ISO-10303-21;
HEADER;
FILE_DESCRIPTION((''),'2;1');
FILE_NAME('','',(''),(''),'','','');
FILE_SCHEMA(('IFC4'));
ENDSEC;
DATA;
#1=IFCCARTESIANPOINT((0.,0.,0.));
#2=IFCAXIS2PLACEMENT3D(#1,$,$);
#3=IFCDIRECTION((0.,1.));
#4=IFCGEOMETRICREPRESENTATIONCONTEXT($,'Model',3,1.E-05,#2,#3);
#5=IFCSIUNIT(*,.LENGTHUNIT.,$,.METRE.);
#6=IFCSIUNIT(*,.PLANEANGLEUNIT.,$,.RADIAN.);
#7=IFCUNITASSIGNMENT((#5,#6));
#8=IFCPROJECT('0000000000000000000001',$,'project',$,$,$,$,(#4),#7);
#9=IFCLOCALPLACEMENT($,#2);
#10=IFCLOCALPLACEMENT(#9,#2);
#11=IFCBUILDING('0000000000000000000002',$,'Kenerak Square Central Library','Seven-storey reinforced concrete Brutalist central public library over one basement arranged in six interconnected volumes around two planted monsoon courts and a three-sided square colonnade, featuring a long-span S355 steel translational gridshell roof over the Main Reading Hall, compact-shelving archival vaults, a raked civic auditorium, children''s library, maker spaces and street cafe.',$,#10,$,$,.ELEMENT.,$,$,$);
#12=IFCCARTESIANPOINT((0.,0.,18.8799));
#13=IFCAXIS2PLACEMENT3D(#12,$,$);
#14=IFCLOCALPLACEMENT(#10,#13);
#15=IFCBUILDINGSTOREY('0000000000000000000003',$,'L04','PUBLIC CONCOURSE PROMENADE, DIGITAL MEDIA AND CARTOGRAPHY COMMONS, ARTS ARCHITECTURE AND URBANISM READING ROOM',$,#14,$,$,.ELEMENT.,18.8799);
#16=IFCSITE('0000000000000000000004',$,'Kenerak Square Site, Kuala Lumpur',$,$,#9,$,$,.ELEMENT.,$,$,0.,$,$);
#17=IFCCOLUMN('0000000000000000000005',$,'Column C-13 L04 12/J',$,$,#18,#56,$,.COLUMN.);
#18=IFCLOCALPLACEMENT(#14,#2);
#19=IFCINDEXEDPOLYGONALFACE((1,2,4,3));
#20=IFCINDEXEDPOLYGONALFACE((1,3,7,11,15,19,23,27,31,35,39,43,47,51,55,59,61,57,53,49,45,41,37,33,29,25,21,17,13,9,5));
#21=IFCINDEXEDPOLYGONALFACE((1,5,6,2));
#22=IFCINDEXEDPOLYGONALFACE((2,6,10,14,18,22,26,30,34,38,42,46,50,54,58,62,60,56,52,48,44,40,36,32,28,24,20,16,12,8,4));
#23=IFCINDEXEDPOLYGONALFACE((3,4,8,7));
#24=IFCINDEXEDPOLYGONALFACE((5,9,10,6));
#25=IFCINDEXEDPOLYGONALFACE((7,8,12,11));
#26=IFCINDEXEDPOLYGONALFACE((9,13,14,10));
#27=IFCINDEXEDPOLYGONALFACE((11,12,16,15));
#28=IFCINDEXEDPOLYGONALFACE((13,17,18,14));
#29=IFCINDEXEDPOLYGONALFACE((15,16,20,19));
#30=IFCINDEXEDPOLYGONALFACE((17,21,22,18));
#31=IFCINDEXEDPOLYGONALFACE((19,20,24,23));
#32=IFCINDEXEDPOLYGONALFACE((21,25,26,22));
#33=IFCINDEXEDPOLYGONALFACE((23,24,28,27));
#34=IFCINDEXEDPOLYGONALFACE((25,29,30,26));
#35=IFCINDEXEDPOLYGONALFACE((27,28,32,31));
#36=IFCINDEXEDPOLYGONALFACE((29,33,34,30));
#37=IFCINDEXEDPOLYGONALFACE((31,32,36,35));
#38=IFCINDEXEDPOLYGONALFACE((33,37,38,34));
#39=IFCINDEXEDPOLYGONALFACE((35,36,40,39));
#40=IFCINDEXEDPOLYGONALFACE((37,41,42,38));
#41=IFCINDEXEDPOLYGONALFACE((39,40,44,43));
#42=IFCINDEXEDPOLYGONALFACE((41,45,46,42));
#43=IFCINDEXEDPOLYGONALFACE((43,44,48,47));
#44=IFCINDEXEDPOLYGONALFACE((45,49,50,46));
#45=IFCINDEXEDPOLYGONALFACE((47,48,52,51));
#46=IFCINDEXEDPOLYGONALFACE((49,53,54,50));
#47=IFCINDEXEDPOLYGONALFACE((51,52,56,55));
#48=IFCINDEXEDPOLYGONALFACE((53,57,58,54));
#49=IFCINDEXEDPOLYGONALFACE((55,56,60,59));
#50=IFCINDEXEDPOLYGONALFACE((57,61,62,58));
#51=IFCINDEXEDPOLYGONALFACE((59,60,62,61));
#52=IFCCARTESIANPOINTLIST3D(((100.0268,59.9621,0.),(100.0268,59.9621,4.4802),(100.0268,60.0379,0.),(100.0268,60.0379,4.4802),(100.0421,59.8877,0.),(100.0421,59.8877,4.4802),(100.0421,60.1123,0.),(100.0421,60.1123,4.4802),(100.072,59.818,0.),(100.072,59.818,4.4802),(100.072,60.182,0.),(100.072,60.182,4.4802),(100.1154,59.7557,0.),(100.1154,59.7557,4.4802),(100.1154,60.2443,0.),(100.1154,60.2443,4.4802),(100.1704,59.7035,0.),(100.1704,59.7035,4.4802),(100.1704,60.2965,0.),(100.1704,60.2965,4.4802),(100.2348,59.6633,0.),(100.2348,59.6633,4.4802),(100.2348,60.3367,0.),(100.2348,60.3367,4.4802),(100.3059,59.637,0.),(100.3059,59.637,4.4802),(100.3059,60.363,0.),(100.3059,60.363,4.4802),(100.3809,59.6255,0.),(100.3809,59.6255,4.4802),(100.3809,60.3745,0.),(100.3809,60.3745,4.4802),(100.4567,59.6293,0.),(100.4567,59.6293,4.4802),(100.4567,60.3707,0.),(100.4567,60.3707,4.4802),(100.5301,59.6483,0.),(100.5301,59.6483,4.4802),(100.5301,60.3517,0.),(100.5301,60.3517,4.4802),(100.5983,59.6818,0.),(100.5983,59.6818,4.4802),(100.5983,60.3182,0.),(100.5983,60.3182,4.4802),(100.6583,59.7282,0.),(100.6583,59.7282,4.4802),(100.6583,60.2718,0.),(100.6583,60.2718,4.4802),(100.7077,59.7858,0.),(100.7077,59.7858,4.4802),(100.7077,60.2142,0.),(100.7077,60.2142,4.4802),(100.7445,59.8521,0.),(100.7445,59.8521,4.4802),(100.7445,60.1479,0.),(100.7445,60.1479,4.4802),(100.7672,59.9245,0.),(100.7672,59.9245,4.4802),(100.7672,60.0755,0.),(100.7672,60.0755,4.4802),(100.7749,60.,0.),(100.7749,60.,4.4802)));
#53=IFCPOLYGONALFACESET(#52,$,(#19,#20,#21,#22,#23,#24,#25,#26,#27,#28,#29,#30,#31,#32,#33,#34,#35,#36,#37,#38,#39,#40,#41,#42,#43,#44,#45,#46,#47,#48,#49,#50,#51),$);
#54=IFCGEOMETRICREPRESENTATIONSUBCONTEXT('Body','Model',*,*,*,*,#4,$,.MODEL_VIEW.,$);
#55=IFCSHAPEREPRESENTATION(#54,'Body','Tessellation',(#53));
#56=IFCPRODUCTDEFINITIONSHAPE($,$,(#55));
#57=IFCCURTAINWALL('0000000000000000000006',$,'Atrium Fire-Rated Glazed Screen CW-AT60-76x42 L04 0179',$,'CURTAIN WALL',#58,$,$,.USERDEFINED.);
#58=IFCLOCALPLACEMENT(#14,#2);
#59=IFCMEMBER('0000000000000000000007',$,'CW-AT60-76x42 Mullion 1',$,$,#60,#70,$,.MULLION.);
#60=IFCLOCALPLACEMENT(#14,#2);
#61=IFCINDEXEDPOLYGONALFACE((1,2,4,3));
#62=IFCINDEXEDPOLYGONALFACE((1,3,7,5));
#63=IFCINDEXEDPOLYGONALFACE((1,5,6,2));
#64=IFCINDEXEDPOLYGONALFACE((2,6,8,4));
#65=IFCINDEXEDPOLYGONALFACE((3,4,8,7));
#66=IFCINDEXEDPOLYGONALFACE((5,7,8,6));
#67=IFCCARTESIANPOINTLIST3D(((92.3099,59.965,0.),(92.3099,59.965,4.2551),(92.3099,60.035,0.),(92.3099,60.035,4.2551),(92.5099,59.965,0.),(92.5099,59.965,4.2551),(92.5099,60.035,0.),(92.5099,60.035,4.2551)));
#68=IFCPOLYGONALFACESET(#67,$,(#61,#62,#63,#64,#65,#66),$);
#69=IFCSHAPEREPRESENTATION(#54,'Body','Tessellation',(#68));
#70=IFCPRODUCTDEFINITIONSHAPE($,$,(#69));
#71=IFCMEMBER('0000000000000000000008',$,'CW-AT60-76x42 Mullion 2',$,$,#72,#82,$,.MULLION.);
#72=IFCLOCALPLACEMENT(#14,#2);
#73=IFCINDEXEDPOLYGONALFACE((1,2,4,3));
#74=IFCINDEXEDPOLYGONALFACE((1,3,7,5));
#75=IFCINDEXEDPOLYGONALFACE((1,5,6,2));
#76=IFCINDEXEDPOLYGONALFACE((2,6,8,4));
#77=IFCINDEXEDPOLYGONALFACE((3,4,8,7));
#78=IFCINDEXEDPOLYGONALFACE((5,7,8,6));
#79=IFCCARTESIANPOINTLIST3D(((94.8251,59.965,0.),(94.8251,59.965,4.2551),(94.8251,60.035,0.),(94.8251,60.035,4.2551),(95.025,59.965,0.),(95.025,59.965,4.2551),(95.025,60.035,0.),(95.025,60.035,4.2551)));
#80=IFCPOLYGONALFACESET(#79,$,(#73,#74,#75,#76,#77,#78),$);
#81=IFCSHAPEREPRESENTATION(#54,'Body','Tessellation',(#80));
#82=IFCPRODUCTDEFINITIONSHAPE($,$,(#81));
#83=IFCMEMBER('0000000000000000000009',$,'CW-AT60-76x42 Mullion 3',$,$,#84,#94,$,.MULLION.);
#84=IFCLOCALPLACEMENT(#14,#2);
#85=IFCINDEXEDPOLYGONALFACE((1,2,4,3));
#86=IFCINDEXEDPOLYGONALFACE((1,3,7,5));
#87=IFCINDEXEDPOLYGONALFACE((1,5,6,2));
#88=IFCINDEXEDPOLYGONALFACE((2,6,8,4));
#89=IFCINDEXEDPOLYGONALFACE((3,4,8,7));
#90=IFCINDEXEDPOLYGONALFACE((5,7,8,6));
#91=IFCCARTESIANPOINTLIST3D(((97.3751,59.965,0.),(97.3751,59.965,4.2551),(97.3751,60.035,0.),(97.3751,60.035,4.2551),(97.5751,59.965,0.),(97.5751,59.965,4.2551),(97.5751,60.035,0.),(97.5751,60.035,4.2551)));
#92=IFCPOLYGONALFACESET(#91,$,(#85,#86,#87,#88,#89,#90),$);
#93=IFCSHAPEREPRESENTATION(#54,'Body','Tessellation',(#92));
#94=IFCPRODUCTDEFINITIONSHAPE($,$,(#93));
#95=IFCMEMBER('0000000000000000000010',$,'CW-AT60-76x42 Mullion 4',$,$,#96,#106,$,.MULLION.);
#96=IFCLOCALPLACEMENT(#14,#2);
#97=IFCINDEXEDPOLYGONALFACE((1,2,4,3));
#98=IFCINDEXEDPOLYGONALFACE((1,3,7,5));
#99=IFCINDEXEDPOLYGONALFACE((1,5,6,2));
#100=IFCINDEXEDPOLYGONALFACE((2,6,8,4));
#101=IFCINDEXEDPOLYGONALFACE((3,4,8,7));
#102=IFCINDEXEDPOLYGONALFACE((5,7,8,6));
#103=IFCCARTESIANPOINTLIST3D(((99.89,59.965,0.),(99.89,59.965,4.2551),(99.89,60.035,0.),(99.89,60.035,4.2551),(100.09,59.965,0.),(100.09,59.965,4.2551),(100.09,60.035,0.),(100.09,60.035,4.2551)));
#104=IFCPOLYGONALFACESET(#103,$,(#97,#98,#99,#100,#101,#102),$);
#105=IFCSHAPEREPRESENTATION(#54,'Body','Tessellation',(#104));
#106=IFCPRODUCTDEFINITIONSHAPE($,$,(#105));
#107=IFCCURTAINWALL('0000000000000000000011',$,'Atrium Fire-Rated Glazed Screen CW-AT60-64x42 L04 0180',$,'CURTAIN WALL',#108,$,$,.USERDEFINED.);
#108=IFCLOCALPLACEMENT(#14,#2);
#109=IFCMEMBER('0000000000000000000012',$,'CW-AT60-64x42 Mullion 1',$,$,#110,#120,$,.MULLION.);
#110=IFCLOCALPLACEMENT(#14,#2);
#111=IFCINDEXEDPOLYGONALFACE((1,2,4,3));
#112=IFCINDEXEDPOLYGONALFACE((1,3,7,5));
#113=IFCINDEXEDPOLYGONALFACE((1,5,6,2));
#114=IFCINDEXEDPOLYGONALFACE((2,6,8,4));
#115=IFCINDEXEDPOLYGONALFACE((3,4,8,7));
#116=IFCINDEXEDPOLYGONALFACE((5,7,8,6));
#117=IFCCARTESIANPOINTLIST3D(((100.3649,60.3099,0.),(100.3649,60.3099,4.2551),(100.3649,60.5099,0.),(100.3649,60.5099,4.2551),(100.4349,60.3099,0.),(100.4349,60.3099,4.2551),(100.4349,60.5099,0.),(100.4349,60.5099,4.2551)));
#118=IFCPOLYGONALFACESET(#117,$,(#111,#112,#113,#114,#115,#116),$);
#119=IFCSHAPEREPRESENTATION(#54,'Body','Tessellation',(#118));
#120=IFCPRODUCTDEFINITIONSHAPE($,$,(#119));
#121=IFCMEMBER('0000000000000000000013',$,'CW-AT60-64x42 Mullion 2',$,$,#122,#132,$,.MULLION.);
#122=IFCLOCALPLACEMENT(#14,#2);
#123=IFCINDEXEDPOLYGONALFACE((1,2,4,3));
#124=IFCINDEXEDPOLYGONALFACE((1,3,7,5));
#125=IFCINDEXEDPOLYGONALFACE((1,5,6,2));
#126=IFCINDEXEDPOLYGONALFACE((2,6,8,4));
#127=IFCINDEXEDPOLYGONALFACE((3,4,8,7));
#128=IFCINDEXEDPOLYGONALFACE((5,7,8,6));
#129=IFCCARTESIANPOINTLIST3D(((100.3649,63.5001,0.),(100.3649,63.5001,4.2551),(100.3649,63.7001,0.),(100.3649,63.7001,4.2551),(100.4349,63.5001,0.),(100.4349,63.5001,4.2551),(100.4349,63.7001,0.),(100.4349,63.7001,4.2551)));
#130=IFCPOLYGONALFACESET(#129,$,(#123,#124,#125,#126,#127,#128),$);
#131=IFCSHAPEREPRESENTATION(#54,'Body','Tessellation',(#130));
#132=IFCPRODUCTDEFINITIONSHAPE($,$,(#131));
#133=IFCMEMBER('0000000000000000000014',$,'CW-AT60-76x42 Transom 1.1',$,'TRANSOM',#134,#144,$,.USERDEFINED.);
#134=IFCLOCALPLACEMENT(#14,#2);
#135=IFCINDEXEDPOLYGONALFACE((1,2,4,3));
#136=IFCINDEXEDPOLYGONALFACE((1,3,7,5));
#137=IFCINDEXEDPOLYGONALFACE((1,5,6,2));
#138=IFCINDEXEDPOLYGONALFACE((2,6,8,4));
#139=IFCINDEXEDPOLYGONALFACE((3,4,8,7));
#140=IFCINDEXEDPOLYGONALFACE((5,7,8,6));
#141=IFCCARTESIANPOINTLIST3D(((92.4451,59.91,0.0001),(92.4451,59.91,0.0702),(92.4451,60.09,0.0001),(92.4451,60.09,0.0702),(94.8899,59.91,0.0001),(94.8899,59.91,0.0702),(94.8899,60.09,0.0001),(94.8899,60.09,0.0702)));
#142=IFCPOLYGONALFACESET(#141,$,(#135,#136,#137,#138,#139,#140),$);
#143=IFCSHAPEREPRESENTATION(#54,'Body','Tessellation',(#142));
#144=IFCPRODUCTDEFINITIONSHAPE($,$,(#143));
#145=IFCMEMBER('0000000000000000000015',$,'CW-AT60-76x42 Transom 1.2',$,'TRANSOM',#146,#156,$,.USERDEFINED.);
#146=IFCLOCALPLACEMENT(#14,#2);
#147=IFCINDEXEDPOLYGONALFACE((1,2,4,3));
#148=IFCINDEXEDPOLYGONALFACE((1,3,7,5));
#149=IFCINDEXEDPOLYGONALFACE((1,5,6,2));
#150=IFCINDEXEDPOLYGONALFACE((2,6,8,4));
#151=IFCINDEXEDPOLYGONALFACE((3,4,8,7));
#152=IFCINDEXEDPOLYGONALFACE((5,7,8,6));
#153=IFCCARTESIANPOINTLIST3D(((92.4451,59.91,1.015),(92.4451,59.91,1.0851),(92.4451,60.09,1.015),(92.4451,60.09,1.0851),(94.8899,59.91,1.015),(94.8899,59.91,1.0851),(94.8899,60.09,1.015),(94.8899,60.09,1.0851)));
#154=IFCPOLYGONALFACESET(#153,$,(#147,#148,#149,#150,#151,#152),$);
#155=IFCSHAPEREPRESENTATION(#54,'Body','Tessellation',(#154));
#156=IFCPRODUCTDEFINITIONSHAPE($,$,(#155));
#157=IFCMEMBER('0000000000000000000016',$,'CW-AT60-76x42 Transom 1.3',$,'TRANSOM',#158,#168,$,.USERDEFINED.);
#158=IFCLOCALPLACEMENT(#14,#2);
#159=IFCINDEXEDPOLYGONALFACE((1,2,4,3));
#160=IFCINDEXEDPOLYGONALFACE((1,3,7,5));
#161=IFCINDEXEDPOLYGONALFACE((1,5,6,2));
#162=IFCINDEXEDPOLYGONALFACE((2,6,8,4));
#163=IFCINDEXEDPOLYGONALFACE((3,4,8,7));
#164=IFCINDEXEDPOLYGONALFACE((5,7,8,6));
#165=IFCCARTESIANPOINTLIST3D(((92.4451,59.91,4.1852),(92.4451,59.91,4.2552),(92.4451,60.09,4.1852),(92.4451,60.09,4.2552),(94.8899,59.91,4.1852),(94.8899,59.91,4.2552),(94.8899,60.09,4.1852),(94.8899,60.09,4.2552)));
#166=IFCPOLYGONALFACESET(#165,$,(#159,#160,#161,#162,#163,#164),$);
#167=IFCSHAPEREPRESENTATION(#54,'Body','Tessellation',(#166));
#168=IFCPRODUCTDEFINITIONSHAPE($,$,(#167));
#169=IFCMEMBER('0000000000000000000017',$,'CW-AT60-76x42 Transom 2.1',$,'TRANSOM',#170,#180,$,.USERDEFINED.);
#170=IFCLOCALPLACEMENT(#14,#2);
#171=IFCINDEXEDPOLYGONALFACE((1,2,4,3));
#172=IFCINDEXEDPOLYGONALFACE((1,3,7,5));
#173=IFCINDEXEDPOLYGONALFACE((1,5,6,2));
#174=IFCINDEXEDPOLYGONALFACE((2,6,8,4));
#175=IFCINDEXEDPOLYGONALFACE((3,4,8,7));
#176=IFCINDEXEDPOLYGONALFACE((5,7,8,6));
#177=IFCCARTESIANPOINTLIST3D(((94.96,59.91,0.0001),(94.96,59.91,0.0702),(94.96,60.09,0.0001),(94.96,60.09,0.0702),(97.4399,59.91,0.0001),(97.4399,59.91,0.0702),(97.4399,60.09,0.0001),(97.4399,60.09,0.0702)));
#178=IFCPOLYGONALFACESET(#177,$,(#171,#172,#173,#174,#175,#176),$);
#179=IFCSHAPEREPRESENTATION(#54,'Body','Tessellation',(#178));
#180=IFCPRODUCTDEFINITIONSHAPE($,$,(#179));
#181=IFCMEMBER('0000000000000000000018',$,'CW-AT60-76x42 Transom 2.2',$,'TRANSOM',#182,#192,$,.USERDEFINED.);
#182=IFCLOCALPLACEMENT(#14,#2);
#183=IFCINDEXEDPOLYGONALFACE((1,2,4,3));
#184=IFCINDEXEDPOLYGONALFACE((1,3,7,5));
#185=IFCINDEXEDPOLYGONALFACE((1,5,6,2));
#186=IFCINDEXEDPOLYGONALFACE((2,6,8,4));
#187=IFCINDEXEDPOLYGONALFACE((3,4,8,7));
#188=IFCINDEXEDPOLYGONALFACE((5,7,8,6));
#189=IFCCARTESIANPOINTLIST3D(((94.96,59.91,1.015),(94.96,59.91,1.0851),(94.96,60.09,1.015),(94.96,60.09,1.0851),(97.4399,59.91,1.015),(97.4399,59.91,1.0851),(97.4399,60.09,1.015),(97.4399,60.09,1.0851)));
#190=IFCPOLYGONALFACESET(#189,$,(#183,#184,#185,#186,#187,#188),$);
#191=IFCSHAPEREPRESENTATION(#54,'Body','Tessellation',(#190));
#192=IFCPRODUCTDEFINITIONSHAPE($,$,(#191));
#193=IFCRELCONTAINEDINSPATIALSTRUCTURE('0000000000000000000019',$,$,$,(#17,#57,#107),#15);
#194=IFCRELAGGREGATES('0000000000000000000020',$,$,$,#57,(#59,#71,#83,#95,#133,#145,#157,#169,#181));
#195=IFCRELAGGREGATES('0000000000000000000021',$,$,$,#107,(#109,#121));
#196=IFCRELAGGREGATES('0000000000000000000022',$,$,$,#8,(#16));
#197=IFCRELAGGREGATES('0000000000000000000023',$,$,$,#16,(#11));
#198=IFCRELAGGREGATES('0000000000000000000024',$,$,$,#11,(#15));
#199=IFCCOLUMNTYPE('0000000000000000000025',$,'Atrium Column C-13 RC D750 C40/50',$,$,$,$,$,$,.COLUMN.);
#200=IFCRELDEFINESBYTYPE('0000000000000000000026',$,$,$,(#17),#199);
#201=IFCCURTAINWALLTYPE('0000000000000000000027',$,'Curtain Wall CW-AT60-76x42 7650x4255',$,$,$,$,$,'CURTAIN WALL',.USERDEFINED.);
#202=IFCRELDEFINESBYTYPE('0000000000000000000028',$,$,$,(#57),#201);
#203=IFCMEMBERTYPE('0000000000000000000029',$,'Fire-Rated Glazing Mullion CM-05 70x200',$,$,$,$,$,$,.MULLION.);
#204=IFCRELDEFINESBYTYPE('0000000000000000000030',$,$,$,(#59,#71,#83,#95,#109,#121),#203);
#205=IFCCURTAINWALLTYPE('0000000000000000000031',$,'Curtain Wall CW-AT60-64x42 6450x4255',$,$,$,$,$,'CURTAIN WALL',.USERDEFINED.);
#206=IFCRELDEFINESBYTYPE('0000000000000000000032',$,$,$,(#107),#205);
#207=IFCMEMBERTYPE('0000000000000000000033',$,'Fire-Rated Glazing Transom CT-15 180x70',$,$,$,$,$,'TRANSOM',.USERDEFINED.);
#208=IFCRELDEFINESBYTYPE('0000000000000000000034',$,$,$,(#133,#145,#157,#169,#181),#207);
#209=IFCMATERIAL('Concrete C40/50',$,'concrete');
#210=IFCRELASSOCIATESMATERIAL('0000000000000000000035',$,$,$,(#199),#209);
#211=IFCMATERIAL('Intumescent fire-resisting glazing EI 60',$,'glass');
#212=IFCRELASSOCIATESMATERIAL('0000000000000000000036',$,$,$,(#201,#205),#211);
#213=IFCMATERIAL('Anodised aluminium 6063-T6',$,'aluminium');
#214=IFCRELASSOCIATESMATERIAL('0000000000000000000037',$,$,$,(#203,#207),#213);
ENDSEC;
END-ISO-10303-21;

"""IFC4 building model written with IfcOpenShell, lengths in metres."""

from ifc_helpers import new_model, si_unit, direction, frame, origin, origin_2d, place, context, subcontext, project, spatial, rectangle, circle, extrude, material, material_profile, profile_set, type_object, element, aggregate, save


model = new_model("IFC4")

# Units and contexts
model_context = context("Model", 3, precision=1e-05, world=origin(), true_north=direction((0.0, 1.0)))
body_context = subcontext(model_context, "Body", "Model", "MODEL_VIEW")
ifc_project = project(units=[si_unit("LENGTHUNIT", "METRE"), si_unit("PLANEANGLEUNIT", "RADIAN")], contexts=[model_context])

# Site, building, storey
site_placement = place(None, origin())
site = spatial("IfcSite", under=ifc_project, at=site_placement, Name="Kenerak Square Site, Kuala Lumpur", CompositionType="ELEMENT", RefElevation=0.0)
building_placement = place(site_placement, origin())
building = spatial("IfcBuilding", under=site, at=building_placement, Name="Kenerak Square Central Library", Description="Seven-storey reinforced concrete Brutalist central public library over one basement arranged in six interconnected volumes around two planted monsoon courts and a three-sided square colonnade, featuring a long-span S355 steel translational gridshell roof over the Main Reading Hall, compact-shelving archival vaults, a raked civic auditorium, children's library, maker spaces and street cafe.", CompositionType="ELEMENT")
storey_placement = place(building_placement, frame((0.0, 0.0, 18.8799)))
storey = spatial("IfcBuildingStorey", under=building, at=storey_placement, Name="L04", Description="PUBLIC CONCOURSE PROMENADE, DIGITAL MEDIA AND CARTOGRAPHY COMMONS, ARTS ARCHITECTURE AND URBANISM READING ROOM", CompositionType="ELEMENT", Elevation=18.8799)

# Column
ifc_material_1 = material(Name="Concrete C40/50", Category="concrete")
ifc_material_profile_1 = material_profile(ifc_material_1, circle(Radius=0.375, at=origin_2d()), Name="RC D750")
ifc_profile_set_1 = profile_set([ifc_material_profile_1], Name="Concrete C40/50")
column_type = type_object("IfcColumnType", Name="Atrium Column C-13 RC D750 C40/50", PredefinedType="COLUMN", material=ifc_profile_set_1)
column_placement = place(storey_placement, frame((100.3999, 60.0, 0.0), z_axis=(0.0, 0.0, 1.0), x_axis=(1.0, 0.0, 0.0)))
element("IfcColumn", 1, at=column_placement, inside=storey, type_object=column_type, Name="Column C-13 L04 12/J", PredefinedType="COLUMN", context=body_context, shape_type="SweptSolid", body=[
    extrude(circle(Radius=0.375, at=origin_2d()), origin(), (0.0, 0.0, 1.0), 4.4802),
])

# Curtain walls, members
ifc_material_2 = material(Name="Intumescent fire-resisting glazing EI 60", Category="glass")
curtain_wall_type_1 = type_object("IfcCurtainWallType", Name="Curtain Wall CW-AT60-76x42 7650x4255", ElementType="CURTAIN WALL", PredefinedType="USERDEFINED", material=ifc_material_2)
curtain_wall_1_placement = place(storey_placement, origin())
curtain_wall_1 = element("IfcCurtainWall", 2, at=curtain_wall_1_placement, inside=storey, type_object=curtain_wall_type_1, Name="Atrium Fire-Rated Glazed Screen CW-AT60-76x42 L04 0179", ObjectType="CURTAIN WALL", PredefinedType="USERDEFINED")
ifc_material_3 = material(Name="Anodised aluminium 6063-T6", Category="aluminium")
ifc_material_profile_2 = material_profile(ifc_material_3, rectangle(XDim=0.0701, YDim=0.2, at=origin_2d()), Name="AL MULLION 70x200")
ifc_profile_set_2 = profile_set([ifc_material_profile_2], Name="Anodised aluminium 6063-T6")
member_type_1 = type_object("IfcMemberType", Name="Fire-Rated Glazing Mullion CM-05 70x200", PredefinedType="MULLION", material=ifc_profile_set_2)
member_1_placement = place(storey_placement, frame((92.4099, 60.0, 0.0), z_axis=(0.0, 0.0, 1.0), x_axis=(0.0, 1.0, 0.0)))
member_1 = element("IfcMember", 3, at=member_1_placement, type_object=member_type_1, Name="CW-AT60-76x42 Mullion 1", PredefinedType="MULLION", context=body_context, shape_type="SweptSolid", body=[
    extrude(rectangle(XDim=0.0701, YDim=0.2, at=origin_2d()), origin(), (0.0, 0.0, 1.0), 4.2551),
])
member_2_placement = place(storey_placement, frame((94.925, 60.0, 0.0), z_axis=(0.0, 0.0, 1.0), x_axis=(0.0, 1.0, 0.0)))
member_2 = element("IfcMember", 4, at=member_2_placement, type_object=member_type_1, Name="CW-AT60-76x42 Mullion 2", PredefinedType="MULLION", context=body_context, shape_type="SweptSolid", body=[
    extrude(rectangle(XDim=0.0701, YDim=0.2, at=origin_2d()), origin(), (0.0, 0.0, 1.0), 4.2551),
])
member_3_placement = place(storey_placement, frame((97.4751, 60.0, 0.0), z_axis=(0.0, 0.0, 1.0), x_axis=(0.0, 1.0, 0.0)))
member_3 = element("IfcMember", 5, at=member_3_placement, type_object=member_type_1, Name="CW-AT60-76x42 Mullion 3", PredefinedType="MULLION", context=body_context, shape_type="SweptSolid", body=[
    extrude(rectangle(XDim=0.0701, YDim=0.2, at=origin_2d()), origin(), (0.0, 0.0, 1.0), 4.2551),
])
member_4_placement = place(storey_placement, frame((99.99, 60.0, 0.0), z_axis=(0.0, 0.0, 1.0), x_axis=(0.0, 1.0, 0.0)))
member_4 = element("IfcMember", 6, at=member_4_placement, type_object=member_type_1, Name="CW-AT60-76x42 Mullion 4", PredefinedType="MULLION", context=body_context, shape_type="SweptSolid", body=[
    extrude(rectangle(XDim=0.0701, YDim=0.2, at=origin_2d()), origin(), (0.0, 0.0, 1.0), 4.2551),
])
curtain_wall_type_2 = type_object("IfcCurtainWallType", Name="Curtain Wall CW-AT60-64x42 6450x4255", ElementType="CURTAIN WALL", PredefinedType="USERDEFINED", material=ifc_material_2)
curtain_wall_2_placement = place(storey_placement, origin())
curtain_wall_2 = element("IfcCurtainWall", 7, at=curtain_wall_2_placement, inside=storey, type_object=curtain_wall_type_2, Name="Atrium Fire-Rated Glazed Screen CW-AT60-64x42 L04 0180", ObjectType="CURTAIN WALL", PredefinedType="USERDEFINED")
member_5_placement = place(storey_placement, frame((100.3999, 60.4099, 0.0), z_axis=(0.0, 0.0, 1.0), x_axis=(-1.0, 0.0, 0.0)))
member_5 = element("IfcMember", 8, at=member_5_placement, type_object=member_type_1, Name="CW-AT60-64x42 Mullion 1", PredefinedType="MULLION", context=body_context, shape_type="SweptSolid", body=[
    extrude(rectangle(XDim=0.0701, YDim=0.2, at=origin_2d()), origin(), (0.0, 0.0, 1.0), 4.2551),
])
member_6_placement = place(storey_placement, frame((100.3999, 63.6001, 0.0), z_axis=(0.0, 0.0, 1.0), x_axis=(-1.0, 0.0, 0.0)))
member_6 = element("IfcMember", 9, at=member_6_placement, type_object=member_type_1, Name="CW-AT60-64x42 Mullion 2", PredefinedType="MULLION", context=body_context, shape_type="SweptSolid", body=[
    extrude(rectangle(XDim=0.0701, YDim=0.2, at=origin_2d()), origin(), (0.0, 0.0, 1.0), 4.2551),
])

# Members
ifc_material_profile_3 = material_profile(ifc_material_3, rectangle(XDim=0.1799, YDim=0.0701, at=origin_2d()), Name="AL TRANSOM 180x70")
ifc_profile_set_3 = profile_set([ifc_material_profile_3], Name="Anodised aluminium 6063-T6")
member_type_2 = type_object("IfcMemberType", Name="Fire-Rated Glazing Transom CT-15 180x70", ElementType="TRANSOM", PredefinedType="USERDEFINED", material=ifc_profile_set_3)
member_7_placement = place(storey_placement, frame((92.4451, 60.0, 0.0352), z_axis=(1.0, 0.0, 0.0), x_axis=(0.0, 1.0, 0.0)))
member_7 = element("IfcMember", 10, at=member_7_placement, type_object=member_type_2, Name="CW-AT60-76x42 Transom 1.1", ObjectType="TRANSOM", PredefinedType="USERDEFINED", context=body_context, shape_type="SweptSolid", body=[
    extrude(rectangle(XDim=0.1799, YDim=0.0701, at=origin_2d()), origin(), (0.0, 0.0, 1.0), 2.4448),
])
member_8_placement = place(storey_placement, frame((92.4451, 60.0, 1.05), z_axis=(1.0, 0.0, 0.0), x_axis=(0.0, 1.0, 0.0)))
member_8 = element("IfcMember", 11, at=member_8_placement, type_object=member_type_2, Name="CW-AT60-76x42 Transom 1.2", ObjectType="TRANSOM", PredefinedType="USERDEFINED", context=body_context, shape_type="SweptSolid", body=[
    extrude(rectangle(XDim=0.1799, YDim=0.0701, at=origin_2d()), origin(), (0.0, 0.0, 1.0), 2.4448),
])
member_9_placement = place(storey_placement, frame((92.4451, 60.0, 4.2202), z_axis=(1.0, 0.0, 0.0), x_axis=(0.0, 1.0, 0.0)))
member_9 = element("IfcMember", 12, at=member_9_placement, type_object=member_type_2, Name="CW-AT60-76x42 Transom 1.3", ObjectType="TRANSOM", PredefinedType="USERDEFINED", context=body_context, shape_type="SweptSolid", body=[
    extrude(rectangle(XDim=0.1799, YDim=0.0701, at=origin_2d()), origin(), (0.0, 0.0, 1.0), 2.4448),
])
member_10_placement = place(storey_placement, frame((94.96, 60.0, 0.0352), z_axis=(1.0, 0.0, 0.0), x_axis=(0.0, 1.0, 0.0)))
member_10 = element("IfcMember", 13, at=member_10_placement, type_object=member_type_2, Name="CW-AT60-76x42 Transom 2.1", ObjectType="TRANSOM", PredefinedType="USERDEFINED", context=body_context, shape_type="SweptSolid", body=[
    extrude(rectangle(XDim=0.1799, YDim=0.0701, at=origin_2d()), origin(), (0.0, 0.0, 1.0), 2.48),
])
member_11_placement = place(storey_placement, frame((94.96, 60.0, 1.05), z_axis=(1.0, 0.0, 0.0), x_axis=(0.0, 1.0, 0.0)))
member_11 = element("IfcMember", 14, at=member_11_placement, type_object=member_type_2, Name="CW-AT60-76x42 Transom 2.2", ObjectType="TRANSOM", PredefinedType="USERDEFINED", context=body_context, shape_type="SweptSolid", body=[
    extrude(rectangle(XDim=0.1799, YDim=0.0701, at=origin_2d()), origin(), (0.0, 0.0, 1.0), 2.48),
])

aggregate(curtain_wall_1, [member_1, member_2, member_3, member_4, member_7, member_8, member_9, member_10, member_11])
aggregate(curtain_wall_2, [member_5, member_6])

save(model, "model.ifc")
